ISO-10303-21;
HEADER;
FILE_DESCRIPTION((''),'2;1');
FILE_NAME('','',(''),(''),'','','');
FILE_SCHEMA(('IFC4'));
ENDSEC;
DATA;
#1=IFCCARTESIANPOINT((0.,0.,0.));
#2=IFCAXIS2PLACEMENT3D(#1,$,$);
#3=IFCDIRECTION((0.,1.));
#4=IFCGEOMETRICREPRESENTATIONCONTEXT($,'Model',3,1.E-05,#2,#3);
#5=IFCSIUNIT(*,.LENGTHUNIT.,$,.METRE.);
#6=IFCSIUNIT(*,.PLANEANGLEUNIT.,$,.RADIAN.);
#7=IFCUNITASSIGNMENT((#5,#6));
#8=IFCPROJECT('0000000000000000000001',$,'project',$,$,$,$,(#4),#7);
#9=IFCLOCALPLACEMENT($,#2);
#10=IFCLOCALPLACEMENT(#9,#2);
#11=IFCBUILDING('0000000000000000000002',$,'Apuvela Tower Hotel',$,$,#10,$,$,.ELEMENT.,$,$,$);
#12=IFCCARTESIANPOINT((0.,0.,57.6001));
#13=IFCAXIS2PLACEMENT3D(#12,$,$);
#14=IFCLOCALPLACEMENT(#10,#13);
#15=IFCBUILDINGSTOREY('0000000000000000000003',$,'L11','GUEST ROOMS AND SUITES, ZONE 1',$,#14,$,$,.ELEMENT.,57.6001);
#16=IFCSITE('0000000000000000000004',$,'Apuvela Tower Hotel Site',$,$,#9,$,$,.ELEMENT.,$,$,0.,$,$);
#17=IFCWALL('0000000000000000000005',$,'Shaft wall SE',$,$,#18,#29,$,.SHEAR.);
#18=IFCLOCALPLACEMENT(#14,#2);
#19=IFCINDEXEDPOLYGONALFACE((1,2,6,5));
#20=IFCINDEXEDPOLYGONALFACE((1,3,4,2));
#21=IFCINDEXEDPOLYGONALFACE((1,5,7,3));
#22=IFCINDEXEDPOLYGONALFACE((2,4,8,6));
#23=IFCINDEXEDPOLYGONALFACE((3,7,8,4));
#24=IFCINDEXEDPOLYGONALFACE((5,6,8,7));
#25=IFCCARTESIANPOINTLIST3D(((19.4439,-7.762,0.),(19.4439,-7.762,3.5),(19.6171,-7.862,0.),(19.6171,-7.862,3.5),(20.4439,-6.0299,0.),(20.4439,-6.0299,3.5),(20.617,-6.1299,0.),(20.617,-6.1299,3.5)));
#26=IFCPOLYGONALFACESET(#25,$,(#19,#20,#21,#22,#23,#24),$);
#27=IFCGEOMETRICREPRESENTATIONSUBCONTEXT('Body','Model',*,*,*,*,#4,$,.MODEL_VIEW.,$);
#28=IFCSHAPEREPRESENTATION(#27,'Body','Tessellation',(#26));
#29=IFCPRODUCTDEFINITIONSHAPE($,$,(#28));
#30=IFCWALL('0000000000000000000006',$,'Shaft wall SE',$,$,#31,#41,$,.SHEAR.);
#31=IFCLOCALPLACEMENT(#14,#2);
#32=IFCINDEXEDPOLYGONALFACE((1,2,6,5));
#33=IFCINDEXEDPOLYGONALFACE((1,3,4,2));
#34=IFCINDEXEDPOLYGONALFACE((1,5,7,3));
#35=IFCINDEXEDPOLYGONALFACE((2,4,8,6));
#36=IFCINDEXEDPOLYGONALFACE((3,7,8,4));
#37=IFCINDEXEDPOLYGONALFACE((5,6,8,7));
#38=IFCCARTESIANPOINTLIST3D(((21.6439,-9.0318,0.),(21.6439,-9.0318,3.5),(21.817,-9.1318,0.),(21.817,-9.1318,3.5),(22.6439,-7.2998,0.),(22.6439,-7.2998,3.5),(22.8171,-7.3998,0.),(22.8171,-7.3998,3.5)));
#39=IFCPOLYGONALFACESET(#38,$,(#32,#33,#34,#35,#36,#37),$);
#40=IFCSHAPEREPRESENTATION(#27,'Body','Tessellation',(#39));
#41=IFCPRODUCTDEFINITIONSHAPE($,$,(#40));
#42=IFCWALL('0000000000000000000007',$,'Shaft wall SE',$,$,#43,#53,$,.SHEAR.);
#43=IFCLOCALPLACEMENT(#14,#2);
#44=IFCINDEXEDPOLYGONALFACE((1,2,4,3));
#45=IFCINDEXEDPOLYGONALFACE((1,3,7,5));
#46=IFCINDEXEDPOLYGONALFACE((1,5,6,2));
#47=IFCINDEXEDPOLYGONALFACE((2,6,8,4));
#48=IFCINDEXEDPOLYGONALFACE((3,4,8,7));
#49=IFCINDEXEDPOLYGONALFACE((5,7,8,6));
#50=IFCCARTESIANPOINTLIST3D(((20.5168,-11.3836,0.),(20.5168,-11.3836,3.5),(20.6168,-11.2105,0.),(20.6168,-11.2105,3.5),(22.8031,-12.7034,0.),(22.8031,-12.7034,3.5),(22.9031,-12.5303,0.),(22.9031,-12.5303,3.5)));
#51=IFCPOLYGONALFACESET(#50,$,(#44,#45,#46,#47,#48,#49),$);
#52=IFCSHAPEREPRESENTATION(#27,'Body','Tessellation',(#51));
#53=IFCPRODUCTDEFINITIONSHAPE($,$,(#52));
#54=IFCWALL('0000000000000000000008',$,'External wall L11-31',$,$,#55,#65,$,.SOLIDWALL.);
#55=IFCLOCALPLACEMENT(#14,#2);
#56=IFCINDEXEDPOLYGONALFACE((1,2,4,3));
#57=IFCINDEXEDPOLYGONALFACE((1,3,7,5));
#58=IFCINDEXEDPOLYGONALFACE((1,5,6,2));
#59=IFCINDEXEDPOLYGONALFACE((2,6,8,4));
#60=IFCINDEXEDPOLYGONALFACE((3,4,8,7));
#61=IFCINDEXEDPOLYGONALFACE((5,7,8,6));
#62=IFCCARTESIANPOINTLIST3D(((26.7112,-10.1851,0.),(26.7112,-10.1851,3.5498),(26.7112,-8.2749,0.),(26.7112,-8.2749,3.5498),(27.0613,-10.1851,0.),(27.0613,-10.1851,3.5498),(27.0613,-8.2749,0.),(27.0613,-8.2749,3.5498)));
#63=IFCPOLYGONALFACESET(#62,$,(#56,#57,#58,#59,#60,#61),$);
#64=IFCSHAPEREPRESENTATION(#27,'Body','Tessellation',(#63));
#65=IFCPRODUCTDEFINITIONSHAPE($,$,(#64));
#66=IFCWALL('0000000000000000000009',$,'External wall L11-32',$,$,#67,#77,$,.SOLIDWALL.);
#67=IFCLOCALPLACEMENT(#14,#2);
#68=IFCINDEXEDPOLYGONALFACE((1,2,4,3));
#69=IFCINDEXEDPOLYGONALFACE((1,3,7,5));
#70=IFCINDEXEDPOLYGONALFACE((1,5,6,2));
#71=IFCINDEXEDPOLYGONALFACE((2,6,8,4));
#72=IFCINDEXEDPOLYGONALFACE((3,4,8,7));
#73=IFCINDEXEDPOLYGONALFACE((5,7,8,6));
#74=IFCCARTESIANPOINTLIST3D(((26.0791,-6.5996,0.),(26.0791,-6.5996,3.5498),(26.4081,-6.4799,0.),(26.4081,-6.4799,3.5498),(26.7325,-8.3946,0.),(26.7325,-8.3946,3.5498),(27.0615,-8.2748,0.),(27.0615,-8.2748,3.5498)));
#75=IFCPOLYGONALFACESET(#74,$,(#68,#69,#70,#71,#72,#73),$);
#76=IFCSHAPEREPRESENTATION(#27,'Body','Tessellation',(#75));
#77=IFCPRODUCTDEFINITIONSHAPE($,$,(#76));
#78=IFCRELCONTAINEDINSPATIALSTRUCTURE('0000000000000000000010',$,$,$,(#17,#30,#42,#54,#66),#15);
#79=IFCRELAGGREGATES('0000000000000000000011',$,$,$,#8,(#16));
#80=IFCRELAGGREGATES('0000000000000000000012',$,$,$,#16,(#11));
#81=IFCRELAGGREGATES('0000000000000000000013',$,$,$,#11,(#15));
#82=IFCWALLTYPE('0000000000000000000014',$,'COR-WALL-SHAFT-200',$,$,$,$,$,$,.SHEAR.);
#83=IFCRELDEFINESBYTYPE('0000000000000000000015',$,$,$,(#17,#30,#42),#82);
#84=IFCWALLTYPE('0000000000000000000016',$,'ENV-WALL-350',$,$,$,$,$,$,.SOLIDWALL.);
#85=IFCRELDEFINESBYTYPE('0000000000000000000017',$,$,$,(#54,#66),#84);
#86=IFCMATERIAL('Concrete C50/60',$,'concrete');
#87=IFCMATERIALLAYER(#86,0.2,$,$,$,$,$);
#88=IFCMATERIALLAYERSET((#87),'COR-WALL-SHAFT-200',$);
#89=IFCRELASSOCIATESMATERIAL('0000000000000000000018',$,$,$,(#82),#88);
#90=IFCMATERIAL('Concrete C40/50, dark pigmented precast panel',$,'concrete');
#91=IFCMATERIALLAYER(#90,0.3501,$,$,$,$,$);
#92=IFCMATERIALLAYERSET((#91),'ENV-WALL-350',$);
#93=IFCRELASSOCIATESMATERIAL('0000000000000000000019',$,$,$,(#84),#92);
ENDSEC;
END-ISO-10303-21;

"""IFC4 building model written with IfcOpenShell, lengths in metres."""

from ifc_helpers import new_model, si_unit, direction, frame, frame_2d, origin, place, context, subcontext, project, spatial, rectangle, extrude, material, layer, layer_set, type_object, element, save


model = new_model("IFC4")

# Units and contexts
model_context = context("Model", 3, precision=1e-05, world=origin(), true_north=direction((0.0, 1.0)))
body_context = subcontext(model_context, "Body", "Model", "MODEL_VIEW")
ifc_project = project(units=[si_unit("LENGTHUNIT", "METRE"), si_unit("PLANEANGLEUNIT", "RADIAN")], contexts=[model_context])

# Site, building, storey
site_placement = place(None, origin())
site = spatial("IfcSite", under=ifc_project, at=site_placement, Name="Apuvela Tower Hotel Site", CompositionType="ELEMENT", RefElevation=0.0)
building_placement = place(site_placement, origin())
building = spatial("IfcBuilding", under=site, at=building_placement, Name="Apuvela Tower Hotel", CompositionType="ELEMENT")
storey_placement = place(building_placement, frame((0.0, 0.0, 57.6001)))
storey = spatial("IfcBuildingStorey", under=building, at=storey_placement, Name="L11", Description="GUEST ROOMS AND SUITES, ZONE 1", CompositionType="ELEMENT", Elevation=57.6001)

# Walls
ifc_material_1 = material(Name="Concrete C50/60", Category="concrete")
ifc_layer_1 = layer(ifc_material_1, 0.2)
ifc_layer_set_1 = layer_set([ifc_layer_1], Name="COR-WALL-SHAFT-200")
wall_type_1 = type_object("IfcWallType", Name="COR-WALL-SHAFT-200", PredefinedType="SHEAR", material=ifc_layer_set_1)
for number, where, z_axis, x_axis, name in (
    (1, (19.5305, -7.812, 0.0), (0.0, 0.0, 1.0), (0.499973, 0.866041, 0.0), "Shaft wall SE"),
    (2, (21.7305, -9.0818, 0.0), (0.0, 0.0, 1.0), (0.500025, 0.866011, 0.0), "Shaft wall SE"),
):
    element("IfcWall", number, at=place(storey_placement, frame(where, z_axis=z_axis, x_axis=x_axis)), inside=storey, type_object=wall_type_1, Name=name, PredefinedType="SHEAR", context=body_context, shape_type="SweptSolid", body=[
        extrude(rectangle(XDim=2.0, YDim=0.2, at=frame_2d((1.0, 0.0))), origin(), (0.0, 0.0, 1.0), 3.5),
    ])
wall_1_placement = place(storey_placement, frame((20.5669, -11.2971, 0.0), z_axis=(0.0, 0.0, 1.0), x_axis=(0.866061, -0.499939, 0.0)))
element("IfcWall", 3, at=wall_1_placement, inside=storey, type_object=wall_type_1, Name="Shaft wall SE", PredefinedType="SHEAR", context=body_context, shape_type="SweptSolid", body=[
    extrude(rectangle(XDim=2.6399, YDim=0.2, at=frame_2d((1.3198, 0.0))), origin(), (0.0, 0.0, 1.0), 3.5),
])
ifc_material_2 = material(Name="Concrete C40/50, dark pigmented precast panel", Category="concrete")
ifc_layer_2 = layer(ifc_material_2, 0.3501)
ifc_layer_set_2 = layer_set([ifc_layer_2], Name="ENV-WALL-350")
wall_type_2 = type_object("IfcWallType", Name="ENV-WALL-350", PredefinedType="SOLIDWALL", material=ifc_layer_set_2)
for number, where, z_axis, x_axis, name in (
    (4, (26.8862, -10.1851, 0.0), (0.0, 0.0, 1.0), (0.0, 1.0, 0.0), "External wall L11-31"),
    (5, (26.897, -8.3347, 0.0), (0.0, 0.0, 1.0), (-0.34203, 0.939689, 0.0), "External wall L11-32"),
):
    element("IfcWall", number, at=place(storey_placement, frame(where, z_axis=z_axis, x_axis=x_axis)), inside=storey, type_object=wall_type_2, Name=name, PredefinedType="SOLIDWALL", context=body_context, shape_type="SweptSolid", body=[
        extrude(rectangle(XDim=1.9102, YDim=0.3501, at=frame_2d((0.9551, 0.0))), origin(), (0.0, 0.0, 1.0), 3.5498),
    ])

save(model, "model.ifc")
